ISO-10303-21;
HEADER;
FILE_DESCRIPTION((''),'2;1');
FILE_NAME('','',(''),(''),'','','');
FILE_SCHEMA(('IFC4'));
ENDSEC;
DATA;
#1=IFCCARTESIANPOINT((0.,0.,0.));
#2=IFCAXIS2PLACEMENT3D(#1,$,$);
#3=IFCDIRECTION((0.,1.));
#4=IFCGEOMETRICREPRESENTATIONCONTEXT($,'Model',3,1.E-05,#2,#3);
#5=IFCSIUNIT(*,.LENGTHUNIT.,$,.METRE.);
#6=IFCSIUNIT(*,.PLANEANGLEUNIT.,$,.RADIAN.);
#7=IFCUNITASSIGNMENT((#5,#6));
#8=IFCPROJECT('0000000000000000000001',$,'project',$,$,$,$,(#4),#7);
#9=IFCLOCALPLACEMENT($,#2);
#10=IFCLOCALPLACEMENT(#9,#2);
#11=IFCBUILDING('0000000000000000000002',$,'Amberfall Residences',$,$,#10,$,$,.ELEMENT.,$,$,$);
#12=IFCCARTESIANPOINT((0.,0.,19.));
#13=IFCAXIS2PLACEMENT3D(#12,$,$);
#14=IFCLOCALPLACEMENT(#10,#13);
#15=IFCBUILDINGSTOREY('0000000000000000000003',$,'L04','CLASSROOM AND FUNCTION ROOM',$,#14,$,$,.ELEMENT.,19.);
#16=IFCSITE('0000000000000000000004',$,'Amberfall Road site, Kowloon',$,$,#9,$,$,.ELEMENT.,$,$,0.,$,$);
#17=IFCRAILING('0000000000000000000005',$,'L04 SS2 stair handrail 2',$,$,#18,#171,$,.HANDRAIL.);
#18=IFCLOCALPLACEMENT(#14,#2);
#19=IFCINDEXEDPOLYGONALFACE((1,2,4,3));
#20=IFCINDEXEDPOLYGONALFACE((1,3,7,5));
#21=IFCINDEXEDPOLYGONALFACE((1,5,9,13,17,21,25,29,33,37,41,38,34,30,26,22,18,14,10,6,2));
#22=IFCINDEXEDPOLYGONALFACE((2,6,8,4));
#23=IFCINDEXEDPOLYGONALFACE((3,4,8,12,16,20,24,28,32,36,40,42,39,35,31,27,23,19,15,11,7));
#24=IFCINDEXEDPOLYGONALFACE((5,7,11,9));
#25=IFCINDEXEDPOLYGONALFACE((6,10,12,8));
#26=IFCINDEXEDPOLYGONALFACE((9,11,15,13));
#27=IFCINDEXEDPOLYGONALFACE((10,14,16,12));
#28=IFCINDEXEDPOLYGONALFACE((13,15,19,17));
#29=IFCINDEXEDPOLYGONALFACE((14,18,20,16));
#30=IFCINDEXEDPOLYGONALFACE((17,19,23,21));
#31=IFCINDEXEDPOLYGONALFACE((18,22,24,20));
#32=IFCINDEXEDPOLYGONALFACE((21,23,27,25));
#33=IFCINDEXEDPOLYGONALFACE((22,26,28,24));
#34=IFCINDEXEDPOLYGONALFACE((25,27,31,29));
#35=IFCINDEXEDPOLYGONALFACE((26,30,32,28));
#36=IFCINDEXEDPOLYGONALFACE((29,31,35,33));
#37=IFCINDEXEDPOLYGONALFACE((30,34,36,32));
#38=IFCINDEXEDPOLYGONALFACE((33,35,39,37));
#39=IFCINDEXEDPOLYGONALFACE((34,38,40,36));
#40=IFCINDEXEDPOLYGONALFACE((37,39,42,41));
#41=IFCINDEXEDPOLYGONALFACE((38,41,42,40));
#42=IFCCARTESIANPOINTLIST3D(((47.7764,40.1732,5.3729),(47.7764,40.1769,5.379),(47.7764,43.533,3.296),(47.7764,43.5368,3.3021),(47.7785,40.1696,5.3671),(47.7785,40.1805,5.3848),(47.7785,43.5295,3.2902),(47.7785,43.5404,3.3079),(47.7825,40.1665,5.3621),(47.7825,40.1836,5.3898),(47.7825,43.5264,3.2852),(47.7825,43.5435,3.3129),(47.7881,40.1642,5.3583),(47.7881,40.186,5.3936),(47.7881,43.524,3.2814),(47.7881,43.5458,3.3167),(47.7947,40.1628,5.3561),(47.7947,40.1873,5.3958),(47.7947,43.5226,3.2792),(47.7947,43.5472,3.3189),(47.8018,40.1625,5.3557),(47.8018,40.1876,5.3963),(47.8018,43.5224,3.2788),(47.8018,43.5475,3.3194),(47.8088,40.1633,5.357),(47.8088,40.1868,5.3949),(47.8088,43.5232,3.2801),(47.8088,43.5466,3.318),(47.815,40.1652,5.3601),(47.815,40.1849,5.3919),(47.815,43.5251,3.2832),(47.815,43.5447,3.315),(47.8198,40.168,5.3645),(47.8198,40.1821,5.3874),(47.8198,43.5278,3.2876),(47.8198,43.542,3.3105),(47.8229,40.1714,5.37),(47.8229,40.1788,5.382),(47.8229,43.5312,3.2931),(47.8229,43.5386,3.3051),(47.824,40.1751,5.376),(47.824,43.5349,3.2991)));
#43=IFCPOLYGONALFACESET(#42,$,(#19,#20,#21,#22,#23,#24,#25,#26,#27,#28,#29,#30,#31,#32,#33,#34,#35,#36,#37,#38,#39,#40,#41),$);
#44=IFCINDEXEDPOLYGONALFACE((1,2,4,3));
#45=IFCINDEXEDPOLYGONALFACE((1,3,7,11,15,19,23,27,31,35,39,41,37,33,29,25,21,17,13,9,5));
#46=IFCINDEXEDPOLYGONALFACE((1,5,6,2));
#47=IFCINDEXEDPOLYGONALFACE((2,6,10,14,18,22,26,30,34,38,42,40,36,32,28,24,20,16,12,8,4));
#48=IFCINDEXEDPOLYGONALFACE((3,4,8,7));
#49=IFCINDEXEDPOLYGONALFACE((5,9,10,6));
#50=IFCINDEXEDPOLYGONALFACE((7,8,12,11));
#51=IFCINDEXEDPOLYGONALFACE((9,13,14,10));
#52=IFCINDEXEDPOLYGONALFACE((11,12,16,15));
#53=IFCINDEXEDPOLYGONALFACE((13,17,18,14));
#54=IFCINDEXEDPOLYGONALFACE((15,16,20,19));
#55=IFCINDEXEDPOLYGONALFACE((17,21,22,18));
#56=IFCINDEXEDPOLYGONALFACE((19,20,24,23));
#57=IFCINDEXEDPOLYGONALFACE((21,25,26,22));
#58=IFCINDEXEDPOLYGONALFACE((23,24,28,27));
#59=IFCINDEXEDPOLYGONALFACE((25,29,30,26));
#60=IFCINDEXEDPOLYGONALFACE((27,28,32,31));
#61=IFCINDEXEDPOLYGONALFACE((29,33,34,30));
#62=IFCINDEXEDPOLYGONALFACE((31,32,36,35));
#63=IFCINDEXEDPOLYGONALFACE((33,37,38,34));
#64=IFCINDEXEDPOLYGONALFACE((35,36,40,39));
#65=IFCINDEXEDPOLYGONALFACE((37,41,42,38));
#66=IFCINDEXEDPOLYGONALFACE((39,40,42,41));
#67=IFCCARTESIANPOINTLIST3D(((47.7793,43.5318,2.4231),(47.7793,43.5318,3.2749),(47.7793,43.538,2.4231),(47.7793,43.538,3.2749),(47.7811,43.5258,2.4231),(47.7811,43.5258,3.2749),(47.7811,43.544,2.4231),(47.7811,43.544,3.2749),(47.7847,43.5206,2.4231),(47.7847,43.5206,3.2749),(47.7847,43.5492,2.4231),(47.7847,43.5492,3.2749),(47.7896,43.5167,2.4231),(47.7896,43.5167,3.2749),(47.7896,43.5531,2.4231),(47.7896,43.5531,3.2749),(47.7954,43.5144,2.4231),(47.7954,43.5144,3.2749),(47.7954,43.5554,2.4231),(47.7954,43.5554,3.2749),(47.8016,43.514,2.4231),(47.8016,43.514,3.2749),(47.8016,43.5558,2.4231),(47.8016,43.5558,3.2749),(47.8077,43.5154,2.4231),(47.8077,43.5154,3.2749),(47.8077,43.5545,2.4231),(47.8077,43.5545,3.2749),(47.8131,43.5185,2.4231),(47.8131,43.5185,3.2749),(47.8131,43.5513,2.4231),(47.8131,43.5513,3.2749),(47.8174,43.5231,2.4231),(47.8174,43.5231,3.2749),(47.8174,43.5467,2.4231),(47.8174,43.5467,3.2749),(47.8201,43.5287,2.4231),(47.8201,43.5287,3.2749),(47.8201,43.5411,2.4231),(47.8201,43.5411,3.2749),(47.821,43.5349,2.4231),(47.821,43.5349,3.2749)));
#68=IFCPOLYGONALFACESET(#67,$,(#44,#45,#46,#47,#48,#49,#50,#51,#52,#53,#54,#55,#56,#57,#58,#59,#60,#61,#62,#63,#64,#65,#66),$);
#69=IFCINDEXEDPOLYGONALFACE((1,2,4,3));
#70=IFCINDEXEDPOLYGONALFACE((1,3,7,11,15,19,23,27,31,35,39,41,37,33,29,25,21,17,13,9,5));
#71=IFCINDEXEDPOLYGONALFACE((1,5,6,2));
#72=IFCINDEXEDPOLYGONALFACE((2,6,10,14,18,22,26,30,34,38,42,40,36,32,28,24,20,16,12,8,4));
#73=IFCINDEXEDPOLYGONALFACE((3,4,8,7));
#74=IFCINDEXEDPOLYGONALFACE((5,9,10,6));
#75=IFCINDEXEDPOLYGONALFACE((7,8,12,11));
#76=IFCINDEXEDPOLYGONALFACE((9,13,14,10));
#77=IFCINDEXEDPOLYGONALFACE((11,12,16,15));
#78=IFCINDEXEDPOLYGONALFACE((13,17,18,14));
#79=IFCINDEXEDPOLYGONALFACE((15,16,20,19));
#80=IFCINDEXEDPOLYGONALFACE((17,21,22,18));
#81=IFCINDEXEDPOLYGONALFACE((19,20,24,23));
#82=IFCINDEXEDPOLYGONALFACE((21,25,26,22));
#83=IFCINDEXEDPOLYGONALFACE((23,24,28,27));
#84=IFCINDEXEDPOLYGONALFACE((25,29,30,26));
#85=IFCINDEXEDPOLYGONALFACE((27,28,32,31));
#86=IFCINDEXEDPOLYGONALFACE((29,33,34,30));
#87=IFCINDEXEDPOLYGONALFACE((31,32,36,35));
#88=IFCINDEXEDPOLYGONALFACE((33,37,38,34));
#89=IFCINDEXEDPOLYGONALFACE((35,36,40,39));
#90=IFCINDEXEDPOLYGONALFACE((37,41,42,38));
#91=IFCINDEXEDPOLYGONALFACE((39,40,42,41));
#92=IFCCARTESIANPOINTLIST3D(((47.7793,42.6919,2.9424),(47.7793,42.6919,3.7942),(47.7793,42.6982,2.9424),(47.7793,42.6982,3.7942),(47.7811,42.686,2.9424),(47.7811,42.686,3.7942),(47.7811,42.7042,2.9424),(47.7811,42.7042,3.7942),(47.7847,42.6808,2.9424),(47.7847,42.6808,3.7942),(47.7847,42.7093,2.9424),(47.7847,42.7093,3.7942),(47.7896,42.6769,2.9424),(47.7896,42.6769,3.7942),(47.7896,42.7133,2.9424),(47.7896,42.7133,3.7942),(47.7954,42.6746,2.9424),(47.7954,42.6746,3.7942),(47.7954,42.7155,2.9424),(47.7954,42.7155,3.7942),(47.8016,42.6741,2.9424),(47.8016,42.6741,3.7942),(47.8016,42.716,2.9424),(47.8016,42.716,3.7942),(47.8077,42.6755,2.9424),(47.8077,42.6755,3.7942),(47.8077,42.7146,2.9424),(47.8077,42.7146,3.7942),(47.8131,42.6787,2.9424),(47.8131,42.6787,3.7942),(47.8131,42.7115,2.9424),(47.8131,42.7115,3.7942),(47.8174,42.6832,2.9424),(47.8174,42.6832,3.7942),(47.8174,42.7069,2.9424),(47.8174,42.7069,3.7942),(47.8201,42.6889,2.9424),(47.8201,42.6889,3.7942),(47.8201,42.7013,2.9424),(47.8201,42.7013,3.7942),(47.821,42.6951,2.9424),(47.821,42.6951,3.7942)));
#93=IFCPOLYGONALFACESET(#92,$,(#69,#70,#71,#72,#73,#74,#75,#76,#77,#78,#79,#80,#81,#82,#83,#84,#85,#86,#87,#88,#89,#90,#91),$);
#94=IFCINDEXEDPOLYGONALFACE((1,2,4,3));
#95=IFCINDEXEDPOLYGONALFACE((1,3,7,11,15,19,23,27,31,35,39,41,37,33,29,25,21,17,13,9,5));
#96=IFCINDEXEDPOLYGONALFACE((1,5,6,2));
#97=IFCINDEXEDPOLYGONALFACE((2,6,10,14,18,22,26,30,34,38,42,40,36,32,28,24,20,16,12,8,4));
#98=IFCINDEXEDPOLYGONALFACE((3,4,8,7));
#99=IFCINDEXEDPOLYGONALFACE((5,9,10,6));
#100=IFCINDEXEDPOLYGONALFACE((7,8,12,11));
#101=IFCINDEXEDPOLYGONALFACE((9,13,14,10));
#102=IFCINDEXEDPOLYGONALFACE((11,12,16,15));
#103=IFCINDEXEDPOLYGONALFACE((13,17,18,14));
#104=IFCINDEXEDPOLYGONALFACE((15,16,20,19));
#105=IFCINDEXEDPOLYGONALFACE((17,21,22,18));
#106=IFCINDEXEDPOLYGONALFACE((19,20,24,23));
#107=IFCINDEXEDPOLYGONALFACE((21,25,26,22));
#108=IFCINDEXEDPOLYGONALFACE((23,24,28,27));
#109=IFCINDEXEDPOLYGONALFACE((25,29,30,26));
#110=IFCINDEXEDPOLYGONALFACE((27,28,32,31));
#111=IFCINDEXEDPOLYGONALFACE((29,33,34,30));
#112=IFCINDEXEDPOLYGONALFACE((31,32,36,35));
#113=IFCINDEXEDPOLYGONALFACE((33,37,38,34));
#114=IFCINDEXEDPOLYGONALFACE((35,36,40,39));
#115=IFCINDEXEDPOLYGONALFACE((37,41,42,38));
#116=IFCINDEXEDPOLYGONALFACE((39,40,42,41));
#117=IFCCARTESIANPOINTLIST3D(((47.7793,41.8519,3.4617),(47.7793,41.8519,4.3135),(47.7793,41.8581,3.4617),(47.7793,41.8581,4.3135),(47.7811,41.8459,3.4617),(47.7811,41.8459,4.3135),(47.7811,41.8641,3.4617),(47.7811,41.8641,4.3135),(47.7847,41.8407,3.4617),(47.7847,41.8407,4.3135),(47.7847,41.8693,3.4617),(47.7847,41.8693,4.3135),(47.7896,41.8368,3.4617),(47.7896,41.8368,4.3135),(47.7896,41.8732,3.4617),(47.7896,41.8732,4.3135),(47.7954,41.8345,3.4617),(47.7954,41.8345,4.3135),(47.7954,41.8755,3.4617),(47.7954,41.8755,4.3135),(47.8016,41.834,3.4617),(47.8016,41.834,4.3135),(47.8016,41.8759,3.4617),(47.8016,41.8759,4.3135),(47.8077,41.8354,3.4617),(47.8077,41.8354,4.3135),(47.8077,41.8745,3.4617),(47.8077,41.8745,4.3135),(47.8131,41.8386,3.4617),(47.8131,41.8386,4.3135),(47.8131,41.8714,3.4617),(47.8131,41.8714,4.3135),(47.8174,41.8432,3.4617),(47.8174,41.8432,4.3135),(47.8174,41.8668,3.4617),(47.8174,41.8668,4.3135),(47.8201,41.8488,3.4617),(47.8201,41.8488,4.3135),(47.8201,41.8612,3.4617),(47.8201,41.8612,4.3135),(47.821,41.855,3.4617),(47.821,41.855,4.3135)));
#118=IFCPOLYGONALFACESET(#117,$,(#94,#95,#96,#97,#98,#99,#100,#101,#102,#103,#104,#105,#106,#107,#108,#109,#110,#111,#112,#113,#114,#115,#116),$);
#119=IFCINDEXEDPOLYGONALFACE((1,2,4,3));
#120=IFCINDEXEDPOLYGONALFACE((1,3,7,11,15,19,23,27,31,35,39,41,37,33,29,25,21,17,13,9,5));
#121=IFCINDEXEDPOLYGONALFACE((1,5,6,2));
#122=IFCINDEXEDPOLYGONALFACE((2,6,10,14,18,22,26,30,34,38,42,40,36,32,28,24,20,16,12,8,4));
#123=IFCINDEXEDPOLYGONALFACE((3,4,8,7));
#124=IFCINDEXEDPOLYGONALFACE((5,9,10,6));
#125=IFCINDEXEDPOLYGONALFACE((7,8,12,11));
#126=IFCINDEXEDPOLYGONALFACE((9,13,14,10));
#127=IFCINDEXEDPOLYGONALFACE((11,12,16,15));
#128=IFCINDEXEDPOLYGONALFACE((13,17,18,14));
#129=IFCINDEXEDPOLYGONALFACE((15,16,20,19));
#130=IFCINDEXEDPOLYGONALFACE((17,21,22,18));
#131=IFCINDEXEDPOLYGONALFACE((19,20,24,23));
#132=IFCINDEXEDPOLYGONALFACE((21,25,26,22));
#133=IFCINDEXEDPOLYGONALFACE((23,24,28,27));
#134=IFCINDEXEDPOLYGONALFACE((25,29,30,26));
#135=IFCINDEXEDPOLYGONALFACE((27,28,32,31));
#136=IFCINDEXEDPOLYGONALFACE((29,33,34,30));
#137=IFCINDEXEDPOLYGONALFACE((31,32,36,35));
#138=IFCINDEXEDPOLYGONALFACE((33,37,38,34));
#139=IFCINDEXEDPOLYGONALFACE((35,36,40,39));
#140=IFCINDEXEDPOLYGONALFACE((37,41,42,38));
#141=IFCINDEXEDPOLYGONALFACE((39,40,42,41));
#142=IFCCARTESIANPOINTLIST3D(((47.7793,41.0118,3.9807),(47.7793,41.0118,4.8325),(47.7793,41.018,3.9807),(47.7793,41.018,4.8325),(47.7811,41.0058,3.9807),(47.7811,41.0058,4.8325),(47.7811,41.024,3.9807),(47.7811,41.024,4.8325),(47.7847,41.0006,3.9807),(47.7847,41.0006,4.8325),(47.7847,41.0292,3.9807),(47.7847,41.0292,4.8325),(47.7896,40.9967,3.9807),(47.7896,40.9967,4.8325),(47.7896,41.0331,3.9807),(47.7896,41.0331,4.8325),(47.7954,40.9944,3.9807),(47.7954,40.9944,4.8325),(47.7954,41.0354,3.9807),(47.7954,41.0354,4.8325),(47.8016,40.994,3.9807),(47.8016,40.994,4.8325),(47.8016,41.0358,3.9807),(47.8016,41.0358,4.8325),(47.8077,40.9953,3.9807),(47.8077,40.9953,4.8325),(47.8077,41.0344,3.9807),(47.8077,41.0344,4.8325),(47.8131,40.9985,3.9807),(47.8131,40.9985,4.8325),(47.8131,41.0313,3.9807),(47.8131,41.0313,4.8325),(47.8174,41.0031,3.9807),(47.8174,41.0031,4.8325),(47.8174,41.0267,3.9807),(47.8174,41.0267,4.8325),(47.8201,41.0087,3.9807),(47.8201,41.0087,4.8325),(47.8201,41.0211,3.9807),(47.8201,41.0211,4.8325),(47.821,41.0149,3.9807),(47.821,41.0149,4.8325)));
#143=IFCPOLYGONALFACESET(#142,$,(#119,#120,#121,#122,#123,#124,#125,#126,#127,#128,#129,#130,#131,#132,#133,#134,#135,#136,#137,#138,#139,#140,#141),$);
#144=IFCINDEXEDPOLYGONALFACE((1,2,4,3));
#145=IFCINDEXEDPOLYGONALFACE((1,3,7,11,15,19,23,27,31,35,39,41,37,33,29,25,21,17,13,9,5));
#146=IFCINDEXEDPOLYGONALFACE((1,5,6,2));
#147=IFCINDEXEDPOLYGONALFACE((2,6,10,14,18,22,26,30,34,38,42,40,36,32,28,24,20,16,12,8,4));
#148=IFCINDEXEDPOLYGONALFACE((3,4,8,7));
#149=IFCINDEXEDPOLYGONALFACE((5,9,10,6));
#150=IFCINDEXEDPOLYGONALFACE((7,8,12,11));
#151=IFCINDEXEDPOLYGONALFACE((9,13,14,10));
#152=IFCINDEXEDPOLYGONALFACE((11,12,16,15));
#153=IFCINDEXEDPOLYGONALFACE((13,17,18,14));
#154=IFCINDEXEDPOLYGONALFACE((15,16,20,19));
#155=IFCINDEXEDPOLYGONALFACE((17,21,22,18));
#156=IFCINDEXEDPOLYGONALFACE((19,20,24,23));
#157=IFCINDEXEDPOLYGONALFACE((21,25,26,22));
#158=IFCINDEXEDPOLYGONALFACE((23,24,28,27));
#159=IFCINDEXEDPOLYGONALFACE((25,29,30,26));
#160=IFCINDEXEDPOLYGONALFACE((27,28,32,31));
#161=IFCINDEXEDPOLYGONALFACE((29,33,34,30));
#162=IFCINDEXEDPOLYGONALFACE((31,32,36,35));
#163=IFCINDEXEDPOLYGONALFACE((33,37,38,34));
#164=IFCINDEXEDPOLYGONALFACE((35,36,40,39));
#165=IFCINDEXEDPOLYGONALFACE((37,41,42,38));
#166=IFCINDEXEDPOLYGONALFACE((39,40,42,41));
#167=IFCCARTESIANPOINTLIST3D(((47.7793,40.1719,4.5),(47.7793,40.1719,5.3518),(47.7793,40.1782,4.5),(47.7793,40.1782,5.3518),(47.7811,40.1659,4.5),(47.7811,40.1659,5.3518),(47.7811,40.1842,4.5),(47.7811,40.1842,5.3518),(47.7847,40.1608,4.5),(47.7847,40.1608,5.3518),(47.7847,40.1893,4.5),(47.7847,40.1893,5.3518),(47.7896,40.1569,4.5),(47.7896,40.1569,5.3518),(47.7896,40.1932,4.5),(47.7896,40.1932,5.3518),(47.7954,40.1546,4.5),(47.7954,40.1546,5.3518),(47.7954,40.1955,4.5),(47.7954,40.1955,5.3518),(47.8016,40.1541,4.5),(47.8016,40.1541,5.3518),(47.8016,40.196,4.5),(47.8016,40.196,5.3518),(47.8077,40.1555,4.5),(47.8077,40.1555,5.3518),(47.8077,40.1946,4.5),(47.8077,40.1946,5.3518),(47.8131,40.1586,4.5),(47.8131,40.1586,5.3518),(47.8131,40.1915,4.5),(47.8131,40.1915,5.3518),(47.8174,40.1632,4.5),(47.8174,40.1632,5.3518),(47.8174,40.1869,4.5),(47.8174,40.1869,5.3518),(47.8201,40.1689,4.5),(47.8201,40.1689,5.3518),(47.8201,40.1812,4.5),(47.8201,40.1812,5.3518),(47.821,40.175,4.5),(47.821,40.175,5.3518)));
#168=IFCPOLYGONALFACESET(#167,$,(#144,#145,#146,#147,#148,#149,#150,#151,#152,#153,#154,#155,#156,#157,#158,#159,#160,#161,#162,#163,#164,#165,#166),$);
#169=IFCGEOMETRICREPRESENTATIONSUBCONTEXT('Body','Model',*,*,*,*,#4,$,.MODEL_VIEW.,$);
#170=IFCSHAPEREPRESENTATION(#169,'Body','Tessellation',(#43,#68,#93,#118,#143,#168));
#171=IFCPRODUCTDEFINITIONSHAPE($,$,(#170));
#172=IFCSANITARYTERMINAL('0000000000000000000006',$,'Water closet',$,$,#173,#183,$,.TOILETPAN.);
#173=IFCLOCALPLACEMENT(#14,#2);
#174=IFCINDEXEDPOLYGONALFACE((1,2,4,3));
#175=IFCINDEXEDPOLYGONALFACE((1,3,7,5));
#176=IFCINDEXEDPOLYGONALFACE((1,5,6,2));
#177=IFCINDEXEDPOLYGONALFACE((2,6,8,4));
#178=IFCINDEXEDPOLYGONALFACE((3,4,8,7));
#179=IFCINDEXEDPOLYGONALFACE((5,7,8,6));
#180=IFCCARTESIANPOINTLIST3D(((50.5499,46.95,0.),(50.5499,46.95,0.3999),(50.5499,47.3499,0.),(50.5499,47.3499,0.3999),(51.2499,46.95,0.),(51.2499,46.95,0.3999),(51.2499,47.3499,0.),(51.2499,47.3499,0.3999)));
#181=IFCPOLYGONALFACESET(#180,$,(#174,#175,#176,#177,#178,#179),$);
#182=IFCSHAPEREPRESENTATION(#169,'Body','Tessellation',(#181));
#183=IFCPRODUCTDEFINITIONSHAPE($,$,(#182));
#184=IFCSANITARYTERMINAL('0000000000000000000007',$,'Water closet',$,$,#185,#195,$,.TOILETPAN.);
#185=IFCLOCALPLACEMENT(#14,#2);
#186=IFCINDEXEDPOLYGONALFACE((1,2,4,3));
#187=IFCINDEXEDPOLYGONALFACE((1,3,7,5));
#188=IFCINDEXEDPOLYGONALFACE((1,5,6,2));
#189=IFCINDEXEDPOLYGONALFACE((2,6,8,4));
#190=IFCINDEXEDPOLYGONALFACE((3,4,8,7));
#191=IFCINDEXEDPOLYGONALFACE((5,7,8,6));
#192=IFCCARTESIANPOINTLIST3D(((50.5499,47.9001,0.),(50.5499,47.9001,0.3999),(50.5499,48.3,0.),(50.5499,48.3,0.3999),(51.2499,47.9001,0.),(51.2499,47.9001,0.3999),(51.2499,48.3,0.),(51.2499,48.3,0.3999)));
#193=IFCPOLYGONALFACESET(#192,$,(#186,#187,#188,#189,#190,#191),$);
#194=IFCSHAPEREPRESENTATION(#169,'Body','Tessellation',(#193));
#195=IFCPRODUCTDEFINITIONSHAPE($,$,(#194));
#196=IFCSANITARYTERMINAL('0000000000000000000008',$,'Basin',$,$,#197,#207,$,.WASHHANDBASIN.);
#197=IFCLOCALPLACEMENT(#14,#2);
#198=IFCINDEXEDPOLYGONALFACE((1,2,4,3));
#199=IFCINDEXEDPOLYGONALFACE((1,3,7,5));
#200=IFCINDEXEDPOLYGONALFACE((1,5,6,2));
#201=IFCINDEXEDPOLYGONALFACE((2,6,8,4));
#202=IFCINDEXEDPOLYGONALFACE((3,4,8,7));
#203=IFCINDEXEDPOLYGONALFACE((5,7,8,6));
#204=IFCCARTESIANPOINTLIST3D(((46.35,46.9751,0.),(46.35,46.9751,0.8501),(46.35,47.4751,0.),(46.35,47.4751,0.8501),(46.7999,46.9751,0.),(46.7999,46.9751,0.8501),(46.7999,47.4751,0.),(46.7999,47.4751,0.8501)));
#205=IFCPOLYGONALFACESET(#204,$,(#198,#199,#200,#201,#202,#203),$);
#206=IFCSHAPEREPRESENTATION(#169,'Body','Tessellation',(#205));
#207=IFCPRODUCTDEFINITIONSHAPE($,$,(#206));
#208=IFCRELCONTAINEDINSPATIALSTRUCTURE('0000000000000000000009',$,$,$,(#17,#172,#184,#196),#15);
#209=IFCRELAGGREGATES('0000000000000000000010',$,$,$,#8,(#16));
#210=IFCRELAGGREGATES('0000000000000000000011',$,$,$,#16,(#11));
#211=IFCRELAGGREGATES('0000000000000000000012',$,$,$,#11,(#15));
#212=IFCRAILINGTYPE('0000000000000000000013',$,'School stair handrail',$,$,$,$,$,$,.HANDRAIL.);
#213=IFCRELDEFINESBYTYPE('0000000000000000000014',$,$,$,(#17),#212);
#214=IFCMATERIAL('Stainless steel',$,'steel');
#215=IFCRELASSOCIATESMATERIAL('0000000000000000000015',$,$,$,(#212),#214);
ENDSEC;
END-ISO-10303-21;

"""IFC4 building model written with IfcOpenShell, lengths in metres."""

from ifc_helpers import new_model, si_unit, direction, frame, origin, origin_2d, place, context, subcontext, project, spatial, rectangle, circle, extrude, material, type_object, element, save


model = new_model("IFC4")

# Units and contexts
model_context = context("Model", 3, precision=1e-05, world=origin(), true_north=direction((0.0, 1.0)))
body_context = subcontext(model_context, "Body", "Model", "MODEL_VIEW")
ifc_project = project(units=[si_unit("LENGTHUNIT", "METRE"), si_unit("PLANEANGLEUNIT", "RADIAN")], contexts=[model_context])

# Site, building, storey
site_placement = place(None, origin())
site = spatial("IfcSite", under=ifc_project, at=site_placement, Name="Amberfall Road site, Kowloon", CompositionType="ELEMENT", RefElevation=0.0)
building_placement = place(site_placement, origin())
building = spatial("IfcBuilding", under=site, at=building_placement, Name="Amberfall Residences", CompositionType="ELEMENT")
storey_placement = place(building_placement, frame((0.0, 0.0, 19.0)))
storey = spatial("IfcBuildingStorey", under=building, at=storey_placement, Name="L04", Description="CLASSROOM AND FUNCTION ROOM", CompositionType="ELEMENT", Elevation=19.0)

# Railing
ifc_material_1 = material(Name="Stainless steel", Category="steel")
railing_type_1 = type_object("IfcRailingType", Name="School stair handrail", PredefinedType="HANDRAIL", material=ifc_material_1)
railing_1_placement = place(storey_placement, frame((47.8, 43.5349, 2.4231)))
element("IfcRailing", 1, at=railing_1_placement, inside=storey, type_object=railing_type_1, Name="L04 SS2 stair handrail 2", PredefinedType="HANDRAIL", context=body_context, shape_type="SweptSolid", body=[
    extrude(circle(Radius=0.0239, at=origin_2d()), frame((0.0, 0.0, 0.876), z_axis=(0.0, -0.850606, 0.525803), x_axis=(1.0, 0.0, 0.0)), (0.0, 0.0, 1.0), 3.95),
    extrude(circle(Radius=0.021, at=origin_2d()), origin(), (0.0, 0.0, 1.0), 0.8518),
    extrude(circle(Radius=0.021, at=origin_2d()), frame((0.0, -0.8398, 0.5193)), (0.0, 0.0, 1.0), 0.8518),
    extrude(circle(Radius=0.021, at=origin_2d()), frame((0.0, -1.6799, 1.0386)), (0.0, 0.0, 1.0), 0.8518),
    extrude(circle(Radius=0.021, at=origin_2d()), frame((0.0, -2.52, 1.5576)), (0.0, 0.0, 1.0), 0.8518),
    extrude(circle(Radius=0.021, at=origin_2d()), frame((0.0, -3.3599, 2.0769)), (0.0, 0.0, 1.0), 0.8518),
])

# Sanitary terminals
for number, where, z_axis, x_axis, name in (
    (2, (50.8999, 47.1499, 0.0), (0.0, 0.0, 1.0), (1.0, 0.0, 0.0), "Water closet"),
    (3, (50.8999, 48.1001, 0.0), (0.0, 0.0, 1.0), (1.0, 0.0, 0.0), "Water closet"),
):
    element("IfcSanitaryTerminal", number, at=place(storey_placement, frame(where, z_axis=z_axis, x_axis=x_axis)), inside=storey, Name=name, PredefinedType="TOILETPAN", context=body_context, shape_type="SweptSolid", body=[
        extrude(rectangle(XDim=0.7, YDim=0.3999, at=origin_2d()), origin(), (0.0, 0.0, 1.0), 0.3999),
    ])
sanitary_terminal_placement = place(storey_placement, frame((46.575, 47.2251, 0.0), z_axis=(0.0, 0.0, 1.0), x_axis=(1.0, 0.0, 0.0)))
element("IfcSanitaryTerminal", 4, at=sanitary_terminal_placement, inside=storey, Name="Basin", PredefinedType="WASHHANDBASIN", context=body_context, shape_type="SweptSolid", body=[
    extrude(rectangle(XDim=0.45, YDim=0.5, at=origin_2d()), origin(), (0.0, 0.0, 1.0), 0.8501),
])

save(model, "model.ifc")
